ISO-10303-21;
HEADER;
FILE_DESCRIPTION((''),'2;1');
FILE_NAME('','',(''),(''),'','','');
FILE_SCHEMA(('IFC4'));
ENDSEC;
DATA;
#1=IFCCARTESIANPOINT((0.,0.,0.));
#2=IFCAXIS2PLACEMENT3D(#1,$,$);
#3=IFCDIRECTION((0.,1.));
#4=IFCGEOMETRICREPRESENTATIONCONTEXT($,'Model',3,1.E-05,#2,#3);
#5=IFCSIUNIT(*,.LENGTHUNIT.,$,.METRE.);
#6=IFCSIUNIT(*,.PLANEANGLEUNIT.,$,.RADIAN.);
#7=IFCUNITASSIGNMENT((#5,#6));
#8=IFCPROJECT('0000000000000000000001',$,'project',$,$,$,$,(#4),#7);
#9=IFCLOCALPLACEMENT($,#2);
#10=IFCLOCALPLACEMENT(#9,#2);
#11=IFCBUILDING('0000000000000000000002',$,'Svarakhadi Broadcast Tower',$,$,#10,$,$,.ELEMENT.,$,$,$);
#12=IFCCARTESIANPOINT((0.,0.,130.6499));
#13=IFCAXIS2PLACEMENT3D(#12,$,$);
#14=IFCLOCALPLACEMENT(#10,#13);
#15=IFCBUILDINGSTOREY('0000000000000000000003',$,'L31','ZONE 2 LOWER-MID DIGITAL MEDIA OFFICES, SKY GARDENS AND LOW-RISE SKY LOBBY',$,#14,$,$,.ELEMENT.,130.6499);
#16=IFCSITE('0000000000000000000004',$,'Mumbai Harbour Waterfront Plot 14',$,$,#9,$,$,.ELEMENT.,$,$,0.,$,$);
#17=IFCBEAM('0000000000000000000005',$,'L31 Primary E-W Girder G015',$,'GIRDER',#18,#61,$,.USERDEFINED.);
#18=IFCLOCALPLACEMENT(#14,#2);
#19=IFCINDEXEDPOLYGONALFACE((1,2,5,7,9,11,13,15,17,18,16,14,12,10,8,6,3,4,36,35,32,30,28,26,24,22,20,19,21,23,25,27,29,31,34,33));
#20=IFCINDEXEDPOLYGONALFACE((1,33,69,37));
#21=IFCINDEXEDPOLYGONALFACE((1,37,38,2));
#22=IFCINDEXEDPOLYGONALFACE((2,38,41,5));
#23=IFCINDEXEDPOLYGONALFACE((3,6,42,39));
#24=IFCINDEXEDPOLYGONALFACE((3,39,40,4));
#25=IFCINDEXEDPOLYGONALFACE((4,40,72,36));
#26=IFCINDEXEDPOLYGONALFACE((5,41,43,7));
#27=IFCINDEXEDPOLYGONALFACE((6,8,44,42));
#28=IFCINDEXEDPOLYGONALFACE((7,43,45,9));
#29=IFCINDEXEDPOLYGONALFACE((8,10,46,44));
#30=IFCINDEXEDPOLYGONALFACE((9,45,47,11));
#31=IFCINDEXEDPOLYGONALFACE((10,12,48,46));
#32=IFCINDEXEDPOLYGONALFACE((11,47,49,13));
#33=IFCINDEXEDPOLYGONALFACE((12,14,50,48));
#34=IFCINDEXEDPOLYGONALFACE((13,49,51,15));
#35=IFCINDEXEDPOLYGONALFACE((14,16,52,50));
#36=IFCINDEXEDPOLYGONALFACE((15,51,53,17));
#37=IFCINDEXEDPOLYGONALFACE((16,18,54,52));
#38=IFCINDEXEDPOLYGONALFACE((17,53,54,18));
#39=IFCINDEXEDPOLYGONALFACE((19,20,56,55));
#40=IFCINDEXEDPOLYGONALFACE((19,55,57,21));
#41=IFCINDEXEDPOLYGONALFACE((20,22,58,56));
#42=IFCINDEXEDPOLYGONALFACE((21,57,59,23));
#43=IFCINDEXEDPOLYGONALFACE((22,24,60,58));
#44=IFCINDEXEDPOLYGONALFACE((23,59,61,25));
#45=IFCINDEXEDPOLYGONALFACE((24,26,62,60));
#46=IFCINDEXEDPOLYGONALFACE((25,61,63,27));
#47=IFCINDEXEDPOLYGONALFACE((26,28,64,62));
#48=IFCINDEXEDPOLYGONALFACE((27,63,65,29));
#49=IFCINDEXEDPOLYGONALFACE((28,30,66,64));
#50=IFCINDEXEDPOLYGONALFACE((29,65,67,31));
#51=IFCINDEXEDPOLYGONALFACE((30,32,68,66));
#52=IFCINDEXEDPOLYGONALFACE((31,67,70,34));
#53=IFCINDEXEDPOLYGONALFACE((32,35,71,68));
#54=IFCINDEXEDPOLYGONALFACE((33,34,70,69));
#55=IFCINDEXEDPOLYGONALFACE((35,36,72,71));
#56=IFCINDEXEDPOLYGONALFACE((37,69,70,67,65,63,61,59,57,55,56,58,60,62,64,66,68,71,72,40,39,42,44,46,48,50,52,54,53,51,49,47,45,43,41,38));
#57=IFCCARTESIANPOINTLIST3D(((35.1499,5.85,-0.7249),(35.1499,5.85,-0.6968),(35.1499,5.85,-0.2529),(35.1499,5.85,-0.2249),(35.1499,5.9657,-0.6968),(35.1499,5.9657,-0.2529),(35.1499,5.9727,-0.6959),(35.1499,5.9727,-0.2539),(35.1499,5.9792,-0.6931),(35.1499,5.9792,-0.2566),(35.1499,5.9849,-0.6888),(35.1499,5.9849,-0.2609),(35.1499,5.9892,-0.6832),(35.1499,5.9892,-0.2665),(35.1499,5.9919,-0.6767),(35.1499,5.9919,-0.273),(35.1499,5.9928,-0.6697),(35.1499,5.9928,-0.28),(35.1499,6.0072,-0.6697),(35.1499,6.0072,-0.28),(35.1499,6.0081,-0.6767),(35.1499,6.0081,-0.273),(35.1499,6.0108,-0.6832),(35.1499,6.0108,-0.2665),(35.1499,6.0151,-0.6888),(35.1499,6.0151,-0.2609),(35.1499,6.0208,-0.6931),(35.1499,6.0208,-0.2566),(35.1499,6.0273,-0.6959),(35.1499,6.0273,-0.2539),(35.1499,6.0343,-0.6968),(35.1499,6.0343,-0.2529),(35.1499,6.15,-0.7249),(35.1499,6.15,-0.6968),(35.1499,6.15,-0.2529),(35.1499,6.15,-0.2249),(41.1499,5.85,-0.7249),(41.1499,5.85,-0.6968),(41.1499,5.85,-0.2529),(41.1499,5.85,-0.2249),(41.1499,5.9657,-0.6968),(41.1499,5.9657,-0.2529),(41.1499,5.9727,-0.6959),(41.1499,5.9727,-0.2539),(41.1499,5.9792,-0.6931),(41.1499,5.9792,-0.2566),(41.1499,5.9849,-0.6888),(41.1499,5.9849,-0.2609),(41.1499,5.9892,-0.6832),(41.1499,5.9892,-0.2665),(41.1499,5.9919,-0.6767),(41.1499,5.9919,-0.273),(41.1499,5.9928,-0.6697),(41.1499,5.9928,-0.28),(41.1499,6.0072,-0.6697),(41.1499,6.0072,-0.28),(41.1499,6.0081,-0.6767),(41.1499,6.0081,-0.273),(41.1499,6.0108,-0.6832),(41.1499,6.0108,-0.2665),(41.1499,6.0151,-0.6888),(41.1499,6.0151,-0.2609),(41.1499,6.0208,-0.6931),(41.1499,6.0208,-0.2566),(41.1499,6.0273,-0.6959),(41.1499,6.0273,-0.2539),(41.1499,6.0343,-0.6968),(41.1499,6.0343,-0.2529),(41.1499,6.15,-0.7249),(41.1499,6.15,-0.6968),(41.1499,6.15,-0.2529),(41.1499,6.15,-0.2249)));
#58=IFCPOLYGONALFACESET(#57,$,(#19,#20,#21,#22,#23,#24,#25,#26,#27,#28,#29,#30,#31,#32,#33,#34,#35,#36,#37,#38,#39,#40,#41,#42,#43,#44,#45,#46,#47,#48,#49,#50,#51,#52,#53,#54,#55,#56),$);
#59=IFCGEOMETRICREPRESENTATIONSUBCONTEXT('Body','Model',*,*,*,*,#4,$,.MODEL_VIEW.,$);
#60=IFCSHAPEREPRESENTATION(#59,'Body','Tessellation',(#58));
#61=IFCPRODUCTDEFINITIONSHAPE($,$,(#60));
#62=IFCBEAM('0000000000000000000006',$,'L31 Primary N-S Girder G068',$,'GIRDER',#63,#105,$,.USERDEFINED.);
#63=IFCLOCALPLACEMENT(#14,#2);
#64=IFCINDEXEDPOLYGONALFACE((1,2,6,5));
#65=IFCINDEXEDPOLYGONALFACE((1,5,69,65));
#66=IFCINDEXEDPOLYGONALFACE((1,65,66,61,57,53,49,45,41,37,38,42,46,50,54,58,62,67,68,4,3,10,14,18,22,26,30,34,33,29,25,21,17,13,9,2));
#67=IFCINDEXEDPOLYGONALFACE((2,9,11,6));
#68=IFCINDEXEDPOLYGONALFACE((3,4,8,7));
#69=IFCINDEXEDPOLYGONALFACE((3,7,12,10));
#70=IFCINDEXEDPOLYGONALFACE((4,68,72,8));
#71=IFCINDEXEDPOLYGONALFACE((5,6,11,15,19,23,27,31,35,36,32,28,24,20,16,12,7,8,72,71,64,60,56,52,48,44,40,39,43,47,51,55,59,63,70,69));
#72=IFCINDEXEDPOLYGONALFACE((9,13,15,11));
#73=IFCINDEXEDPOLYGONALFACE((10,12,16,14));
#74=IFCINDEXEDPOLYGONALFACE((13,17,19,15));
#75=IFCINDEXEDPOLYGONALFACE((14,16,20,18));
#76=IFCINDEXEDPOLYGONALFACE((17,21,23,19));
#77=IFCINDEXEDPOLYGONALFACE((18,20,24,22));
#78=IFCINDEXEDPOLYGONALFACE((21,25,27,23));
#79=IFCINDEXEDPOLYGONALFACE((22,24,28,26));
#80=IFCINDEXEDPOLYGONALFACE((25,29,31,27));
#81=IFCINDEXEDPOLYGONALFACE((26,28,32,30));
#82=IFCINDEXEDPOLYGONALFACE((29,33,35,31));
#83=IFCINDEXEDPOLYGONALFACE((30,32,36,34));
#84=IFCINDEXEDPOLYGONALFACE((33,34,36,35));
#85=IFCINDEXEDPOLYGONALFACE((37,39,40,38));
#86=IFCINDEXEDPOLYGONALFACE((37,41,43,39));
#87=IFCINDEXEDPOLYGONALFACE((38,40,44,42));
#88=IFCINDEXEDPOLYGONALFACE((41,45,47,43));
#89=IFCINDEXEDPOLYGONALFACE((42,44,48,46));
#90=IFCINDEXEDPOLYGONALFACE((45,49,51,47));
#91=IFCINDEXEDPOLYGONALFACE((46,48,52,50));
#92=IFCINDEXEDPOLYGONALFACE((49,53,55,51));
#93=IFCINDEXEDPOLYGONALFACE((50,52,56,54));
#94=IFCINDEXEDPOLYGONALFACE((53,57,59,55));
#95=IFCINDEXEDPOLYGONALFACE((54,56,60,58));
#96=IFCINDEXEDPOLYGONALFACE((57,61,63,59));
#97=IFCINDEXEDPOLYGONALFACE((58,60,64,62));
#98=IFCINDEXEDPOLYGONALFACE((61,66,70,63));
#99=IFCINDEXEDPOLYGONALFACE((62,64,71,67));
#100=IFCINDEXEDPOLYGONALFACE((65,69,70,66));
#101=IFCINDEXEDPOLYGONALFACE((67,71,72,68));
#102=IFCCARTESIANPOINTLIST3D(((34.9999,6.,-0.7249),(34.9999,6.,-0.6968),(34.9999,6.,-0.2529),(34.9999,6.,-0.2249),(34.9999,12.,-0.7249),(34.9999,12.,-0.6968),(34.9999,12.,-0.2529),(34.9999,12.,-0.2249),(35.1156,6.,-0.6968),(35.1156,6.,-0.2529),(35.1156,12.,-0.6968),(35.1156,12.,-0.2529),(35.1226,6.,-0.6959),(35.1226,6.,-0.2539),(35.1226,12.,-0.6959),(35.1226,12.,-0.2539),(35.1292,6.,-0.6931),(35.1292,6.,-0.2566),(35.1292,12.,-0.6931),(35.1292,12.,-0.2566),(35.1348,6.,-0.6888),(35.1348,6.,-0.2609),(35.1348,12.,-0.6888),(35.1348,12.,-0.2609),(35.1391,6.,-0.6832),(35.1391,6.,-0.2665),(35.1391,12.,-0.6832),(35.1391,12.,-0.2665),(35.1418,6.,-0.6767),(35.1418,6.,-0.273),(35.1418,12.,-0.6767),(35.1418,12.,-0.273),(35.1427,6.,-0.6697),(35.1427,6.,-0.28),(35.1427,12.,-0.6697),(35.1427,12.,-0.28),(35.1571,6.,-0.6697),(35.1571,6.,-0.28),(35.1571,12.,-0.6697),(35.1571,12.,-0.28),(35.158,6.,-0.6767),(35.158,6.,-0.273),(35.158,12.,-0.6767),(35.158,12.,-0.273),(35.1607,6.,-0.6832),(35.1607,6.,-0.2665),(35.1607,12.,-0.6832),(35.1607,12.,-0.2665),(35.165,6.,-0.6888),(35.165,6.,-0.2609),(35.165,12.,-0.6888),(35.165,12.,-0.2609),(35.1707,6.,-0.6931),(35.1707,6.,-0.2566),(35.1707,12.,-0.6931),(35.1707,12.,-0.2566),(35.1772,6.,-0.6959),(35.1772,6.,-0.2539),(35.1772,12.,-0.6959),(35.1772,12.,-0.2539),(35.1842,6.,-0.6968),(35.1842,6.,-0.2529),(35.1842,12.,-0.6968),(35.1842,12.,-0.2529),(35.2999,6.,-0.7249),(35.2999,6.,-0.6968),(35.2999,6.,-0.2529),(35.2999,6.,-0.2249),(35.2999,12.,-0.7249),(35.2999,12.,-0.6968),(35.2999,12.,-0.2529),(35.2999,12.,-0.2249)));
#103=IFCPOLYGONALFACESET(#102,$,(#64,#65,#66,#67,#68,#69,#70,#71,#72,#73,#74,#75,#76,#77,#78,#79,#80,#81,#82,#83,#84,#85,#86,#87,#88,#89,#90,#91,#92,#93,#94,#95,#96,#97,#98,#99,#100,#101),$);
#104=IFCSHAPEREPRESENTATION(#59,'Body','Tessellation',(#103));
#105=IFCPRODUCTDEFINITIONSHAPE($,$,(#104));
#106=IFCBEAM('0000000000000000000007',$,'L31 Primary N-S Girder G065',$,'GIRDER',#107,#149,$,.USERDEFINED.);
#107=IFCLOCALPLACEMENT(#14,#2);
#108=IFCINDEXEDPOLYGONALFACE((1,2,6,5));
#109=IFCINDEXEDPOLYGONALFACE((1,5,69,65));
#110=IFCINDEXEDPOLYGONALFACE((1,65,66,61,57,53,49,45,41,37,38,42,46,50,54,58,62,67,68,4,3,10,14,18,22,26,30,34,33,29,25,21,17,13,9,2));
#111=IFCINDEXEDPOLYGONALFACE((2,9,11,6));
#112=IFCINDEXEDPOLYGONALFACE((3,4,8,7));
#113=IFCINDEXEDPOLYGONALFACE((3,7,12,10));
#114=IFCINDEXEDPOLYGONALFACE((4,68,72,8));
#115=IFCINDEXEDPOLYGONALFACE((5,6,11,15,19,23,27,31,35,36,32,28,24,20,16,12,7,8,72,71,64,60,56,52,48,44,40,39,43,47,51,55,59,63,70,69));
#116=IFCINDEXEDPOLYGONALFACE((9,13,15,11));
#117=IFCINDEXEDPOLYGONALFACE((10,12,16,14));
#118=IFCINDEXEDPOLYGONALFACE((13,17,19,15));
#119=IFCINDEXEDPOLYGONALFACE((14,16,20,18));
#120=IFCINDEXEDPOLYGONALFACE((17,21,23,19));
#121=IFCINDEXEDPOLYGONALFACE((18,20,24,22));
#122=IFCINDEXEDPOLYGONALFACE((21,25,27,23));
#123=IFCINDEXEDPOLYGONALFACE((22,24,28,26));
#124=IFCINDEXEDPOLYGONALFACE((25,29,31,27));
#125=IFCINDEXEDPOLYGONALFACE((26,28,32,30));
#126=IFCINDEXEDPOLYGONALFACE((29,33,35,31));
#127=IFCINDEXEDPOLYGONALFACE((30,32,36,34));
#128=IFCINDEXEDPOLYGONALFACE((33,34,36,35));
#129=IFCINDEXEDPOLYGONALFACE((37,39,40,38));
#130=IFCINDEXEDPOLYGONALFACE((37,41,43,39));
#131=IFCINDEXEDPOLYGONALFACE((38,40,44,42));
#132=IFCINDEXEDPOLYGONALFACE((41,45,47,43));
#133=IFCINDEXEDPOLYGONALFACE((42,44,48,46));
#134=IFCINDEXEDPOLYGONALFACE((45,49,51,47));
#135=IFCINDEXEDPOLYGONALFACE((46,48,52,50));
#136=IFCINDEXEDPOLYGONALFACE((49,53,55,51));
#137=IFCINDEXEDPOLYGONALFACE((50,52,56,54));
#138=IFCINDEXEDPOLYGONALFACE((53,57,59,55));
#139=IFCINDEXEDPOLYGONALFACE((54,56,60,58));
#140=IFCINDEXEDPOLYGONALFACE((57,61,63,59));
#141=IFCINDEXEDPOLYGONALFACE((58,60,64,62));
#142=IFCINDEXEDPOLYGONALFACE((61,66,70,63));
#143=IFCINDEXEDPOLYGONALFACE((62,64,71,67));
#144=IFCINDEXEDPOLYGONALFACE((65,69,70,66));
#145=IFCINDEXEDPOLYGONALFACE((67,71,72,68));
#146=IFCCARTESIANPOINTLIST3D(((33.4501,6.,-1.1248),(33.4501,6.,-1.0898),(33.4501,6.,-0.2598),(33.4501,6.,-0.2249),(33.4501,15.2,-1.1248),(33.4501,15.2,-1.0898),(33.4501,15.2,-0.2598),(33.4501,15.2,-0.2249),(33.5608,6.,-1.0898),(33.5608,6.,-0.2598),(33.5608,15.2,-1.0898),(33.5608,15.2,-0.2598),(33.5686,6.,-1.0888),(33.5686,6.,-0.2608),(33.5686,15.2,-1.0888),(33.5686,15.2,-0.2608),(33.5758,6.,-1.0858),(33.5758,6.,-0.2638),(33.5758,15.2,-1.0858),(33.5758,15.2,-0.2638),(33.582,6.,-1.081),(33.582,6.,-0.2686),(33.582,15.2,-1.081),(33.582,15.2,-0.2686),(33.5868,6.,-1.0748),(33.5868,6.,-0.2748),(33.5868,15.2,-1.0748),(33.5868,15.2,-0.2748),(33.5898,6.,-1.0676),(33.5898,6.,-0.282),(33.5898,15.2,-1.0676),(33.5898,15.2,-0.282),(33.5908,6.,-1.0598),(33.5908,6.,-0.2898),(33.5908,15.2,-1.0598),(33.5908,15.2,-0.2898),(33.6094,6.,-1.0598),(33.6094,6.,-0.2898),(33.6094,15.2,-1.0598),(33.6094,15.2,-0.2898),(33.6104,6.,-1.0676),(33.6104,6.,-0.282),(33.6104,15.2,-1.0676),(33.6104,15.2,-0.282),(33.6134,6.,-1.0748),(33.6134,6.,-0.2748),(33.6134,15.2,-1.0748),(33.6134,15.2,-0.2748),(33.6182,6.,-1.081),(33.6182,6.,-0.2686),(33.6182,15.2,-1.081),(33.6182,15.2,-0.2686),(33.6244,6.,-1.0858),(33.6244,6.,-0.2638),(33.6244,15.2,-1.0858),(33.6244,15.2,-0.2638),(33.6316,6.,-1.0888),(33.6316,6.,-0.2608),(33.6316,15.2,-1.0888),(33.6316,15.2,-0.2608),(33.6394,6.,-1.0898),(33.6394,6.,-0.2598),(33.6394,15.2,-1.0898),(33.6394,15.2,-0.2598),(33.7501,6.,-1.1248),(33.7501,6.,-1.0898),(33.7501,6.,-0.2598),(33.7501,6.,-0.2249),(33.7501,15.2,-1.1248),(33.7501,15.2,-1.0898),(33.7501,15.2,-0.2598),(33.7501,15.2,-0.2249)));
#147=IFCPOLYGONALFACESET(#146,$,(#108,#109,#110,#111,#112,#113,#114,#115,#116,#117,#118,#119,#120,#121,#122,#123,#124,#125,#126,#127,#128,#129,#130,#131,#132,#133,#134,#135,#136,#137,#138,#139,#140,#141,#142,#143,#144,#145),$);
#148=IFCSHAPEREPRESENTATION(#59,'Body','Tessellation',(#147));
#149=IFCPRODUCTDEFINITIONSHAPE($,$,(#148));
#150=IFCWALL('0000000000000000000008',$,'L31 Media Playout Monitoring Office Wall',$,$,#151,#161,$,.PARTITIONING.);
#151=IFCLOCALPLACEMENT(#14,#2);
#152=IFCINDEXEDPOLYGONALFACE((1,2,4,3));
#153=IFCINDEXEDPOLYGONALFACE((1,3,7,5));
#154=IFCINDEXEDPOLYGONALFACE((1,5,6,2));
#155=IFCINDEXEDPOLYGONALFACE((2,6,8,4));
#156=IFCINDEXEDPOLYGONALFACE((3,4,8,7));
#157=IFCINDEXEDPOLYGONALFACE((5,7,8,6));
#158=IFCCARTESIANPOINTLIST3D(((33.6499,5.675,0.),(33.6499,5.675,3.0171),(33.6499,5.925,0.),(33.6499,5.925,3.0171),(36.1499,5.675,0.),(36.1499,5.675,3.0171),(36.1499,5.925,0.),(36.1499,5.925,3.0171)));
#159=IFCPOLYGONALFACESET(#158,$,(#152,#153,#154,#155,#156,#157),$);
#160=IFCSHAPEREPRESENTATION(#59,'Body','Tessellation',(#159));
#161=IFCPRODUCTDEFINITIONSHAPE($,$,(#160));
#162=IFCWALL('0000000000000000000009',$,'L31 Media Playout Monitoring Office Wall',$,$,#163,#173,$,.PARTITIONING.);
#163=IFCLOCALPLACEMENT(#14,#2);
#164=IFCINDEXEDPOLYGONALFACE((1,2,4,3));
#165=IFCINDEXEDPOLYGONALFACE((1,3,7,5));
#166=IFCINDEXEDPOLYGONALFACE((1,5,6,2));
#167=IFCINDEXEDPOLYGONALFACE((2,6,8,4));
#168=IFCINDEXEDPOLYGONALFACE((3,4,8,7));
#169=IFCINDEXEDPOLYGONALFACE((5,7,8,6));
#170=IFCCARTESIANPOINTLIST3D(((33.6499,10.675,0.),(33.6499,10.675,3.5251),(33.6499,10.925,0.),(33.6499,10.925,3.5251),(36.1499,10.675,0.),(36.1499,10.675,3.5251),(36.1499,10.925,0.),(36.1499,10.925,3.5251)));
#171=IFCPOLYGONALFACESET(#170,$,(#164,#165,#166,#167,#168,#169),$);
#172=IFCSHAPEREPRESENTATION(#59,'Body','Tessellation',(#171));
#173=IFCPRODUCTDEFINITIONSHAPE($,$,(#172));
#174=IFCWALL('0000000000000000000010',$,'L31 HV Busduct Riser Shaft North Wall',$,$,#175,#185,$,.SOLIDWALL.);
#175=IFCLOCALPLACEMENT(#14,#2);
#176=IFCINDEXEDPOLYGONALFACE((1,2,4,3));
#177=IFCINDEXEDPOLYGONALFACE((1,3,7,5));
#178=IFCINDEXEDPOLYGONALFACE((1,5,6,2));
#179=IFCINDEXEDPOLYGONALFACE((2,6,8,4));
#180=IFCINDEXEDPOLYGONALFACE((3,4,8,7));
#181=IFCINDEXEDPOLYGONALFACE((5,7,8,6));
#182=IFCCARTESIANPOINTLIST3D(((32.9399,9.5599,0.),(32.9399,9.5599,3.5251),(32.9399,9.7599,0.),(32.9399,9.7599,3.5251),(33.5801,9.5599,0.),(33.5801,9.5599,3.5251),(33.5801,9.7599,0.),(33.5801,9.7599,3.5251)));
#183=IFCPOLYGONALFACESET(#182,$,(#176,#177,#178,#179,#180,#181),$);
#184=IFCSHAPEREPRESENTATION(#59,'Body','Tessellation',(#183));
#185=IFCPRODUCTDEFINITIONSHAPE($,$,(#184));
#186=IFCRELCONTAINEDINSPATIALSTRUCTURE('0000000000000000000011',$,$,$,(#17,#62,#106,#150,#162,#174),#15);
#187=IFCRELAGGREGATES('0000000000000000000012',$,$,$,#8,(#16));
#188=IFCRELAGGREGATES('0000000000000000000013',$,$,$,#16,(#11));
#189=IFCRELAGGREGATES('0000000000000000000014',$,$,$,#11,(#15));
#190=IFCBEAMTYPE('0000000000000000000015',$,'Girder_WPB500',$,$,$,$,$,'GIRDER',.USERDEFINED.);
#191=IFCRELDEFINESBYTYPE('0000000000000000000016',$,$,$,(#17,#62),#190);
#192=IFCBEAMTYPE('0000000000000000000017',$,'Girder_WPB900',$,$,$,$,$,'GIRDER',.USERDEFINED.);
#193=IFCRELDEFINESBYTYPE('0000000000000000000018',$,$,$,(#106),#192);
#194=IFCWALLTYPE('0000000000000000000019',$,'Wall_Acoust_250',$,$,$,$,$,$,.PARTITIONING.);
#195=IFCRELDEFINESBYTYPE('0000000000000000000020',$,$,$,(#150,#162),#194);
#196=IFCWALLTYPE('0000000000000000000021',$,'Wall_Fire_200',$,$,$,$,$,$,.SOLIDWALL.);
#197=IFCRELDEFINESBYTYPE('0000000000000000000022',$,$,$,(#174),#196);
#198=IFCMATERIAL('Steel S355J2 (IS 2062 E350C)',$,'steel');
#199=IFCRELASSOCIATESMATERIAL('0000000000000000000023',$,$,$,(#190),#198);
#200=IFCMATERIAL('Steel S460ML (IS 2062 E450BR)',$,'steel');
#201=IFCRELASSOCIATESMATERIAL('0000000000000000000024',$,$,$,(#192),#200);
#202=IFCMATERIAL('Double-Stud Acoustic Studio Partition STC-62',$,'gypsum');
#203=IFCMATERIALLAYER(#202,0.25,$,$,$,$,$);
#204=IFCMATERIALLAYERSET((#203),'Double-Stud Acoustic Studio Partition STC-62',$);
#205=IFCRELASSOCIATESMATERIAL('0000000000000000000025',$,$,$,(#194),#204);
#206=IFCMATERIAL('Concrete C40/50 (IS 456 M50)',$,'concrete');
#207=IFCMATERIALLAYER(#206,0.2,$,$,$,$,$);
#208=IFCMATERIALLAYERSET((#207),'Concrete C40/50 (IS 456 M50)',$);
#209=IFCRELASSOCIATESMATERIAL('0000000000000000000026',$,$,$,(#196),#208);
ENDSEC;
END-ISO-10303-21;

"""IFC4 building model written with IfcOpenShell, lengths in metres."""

from ifc_helpers import new_model, si_unit, direction, frame, frame_2d, origin, origin_2d, place, context, subcontext, project, spatial, rectangle, i_section, extrude, material, layer, layer_set, material_profile, profile_set, type_object, element, save


model = new_model("IFC4")

# Units and contexts
model_context = context("Model", 3, precision=1e-05, world=origin(), true_north=direction((0.0, 1.0)))
body_context = subcontext(model_context, "Body", "Model", "MODEL_VIEW")
ifc_project = project(units=[si_unit("LENGTHUNIT", "METRE"), si_unit("PLANEANGLEUNIT", "RADIAN")], contexts=[model_context])

# Site, building, storey
site_placement = place(None, origin())
site = spatial("IfcSite", under=ifc_project, at=site_placement, Name="Mumbai Harbour Waterfront Plot 14", CompositionType="ELEMENT", RefElevation=0.0)
building_placement = place(site_placement, origin())
building = spatial("IfcBuilding", under=site, at=building_placement, Name="Svarakhadi Broadcast Tower", CompositionType="ELEMENT")
storey_placement = place(building_placement, frame((0.0, 0.0, 130.6499)))
storey = spatial("IfcBuildingStorey", under=building, at=storey_placement, Name="L31", Description="ZONE 2 LOWER-MID DIGITAL MEDIA OFFICES, SKY GARDENS AND LOW-RISE SKY LOBBY", CompositionType="ELEMENT", Elevation=130.6499)

# Shared definitions
ifc_material_1 = material(Name="Steel S460ML (IS 2062 E450BR)", Category="steel")

# Beams
ifc_material_2 = material(Name="Steel S355J2 (IS 2062 E350C)", Category="steel")
ifc_material_profile_1 = material_profile(ifc_material_2, i_section(OverallWidth=0.3, OverallDepth=0.5, WebThickness=0.0144, FlangeThickness=0.0281, FilletRadius=0.0271, at=origin_2d()), Name="WPB 500x300x187")
ifc_profile_set_1 = profile_set([ifc_material_profile_1], Name="Steel S355J2 (IS 2062 E350C)")
beam_type_1 = type_object("IfcBeamType", Name="Girder_WPB500", ElementType="GIRDER", PredefinedType="USERDEFINED", material=ifc_profile_set_1)
for number, where, z_axis, x_axis, name in (
    (1, (35.1499, 6.0, -0.4749), (1.0, 0.0, 0.0), (0.0, 1.0, 0.0), "L31 Primary E-W Girder G015"),
    (2, (35.1499, 6.0, -0.4749), (0.0, 1.0, 0.0), (-1.0, 0.0, 0.0), "L31 Primary N-S Girder G068"),
):
    element("IfcBeam", number, at=place(storey_placement, frame(where, z_axis=z_axis, x_axis=x_axis)), inside=storey, type_object=beam_type_1, Name=name, ObjectType="GIRDER", PredefinedType="USERDEFINED", context=body_context, shape_type="SweptSolid", body=[
        extrude(i_section(OverallWidth=0.3, OverallDepth=0.5, WebThickness=0.0144, FlangeThickness=0.0281, FilletRadius=0.0271, at=origin_2d()), origin(), (0.0, 0.0, 1.0), 6.0),
    ])
ifc_material_profile_2 = material_profile(ifc_material_1, i_section(OverallWidth=0.3, OverallDepth=0.8999, WebThickness=0.0186, FlangeThickness=0.0349, FilletRadius=0.03, at=origin_2d()), Name="WPB 900x300x291")
ifc_profile_set_2 = profile_set([ifc_material_profile_2], Name="Steel S460ML (IS 2062 E450BR)")
beam_type_2 = type_object("IfcBeamType", Name="Girder_WPB900", ElementType="GIRDER", PredefinedType="USERDEFINED", material=ifc_profile_set_2)
beam_placement = place(storey_placement, frame((33.6001, 6.0, -0.6748), z_axis=(0.0, 1.0, 0.0), x_axis=(-1.0, 0.0, 0.0)))
element("IfcBeam", 3, at=beam_placement, inside=storey, type_object=beam_type_2, Name="L31 Primary N-S Girder G065", ObjectType="GIRDER", PredefinedType="USERDEFINED", context=body_context, shape_type="SweptSolid", body=[
    extrude(i_section(OverallWidth=0.3, OverallDepth=0.8999, WebThickness=0.0186, FlangeThickness=0.0349, FilletRadius=0.03, at=origin_2d()), origin(), (0.0, 0.0, 1.0), 9.2),
])

# Walls
ifc_material_3 = material(Name="Double-Stud Acoustic Studio Partition STC-62", Category="gypsum")
ifc_layer_1 = layer(ifc_material_3, 0.25)
ifc_layer_set_1 = layer_set([ifc_layer_1], Name="Double-Stud Acoustic Studio Partition STC-62")
wall_type_1 = type_object("IfcWallType", Name="Wall_Acoust_250", PredefinedType="PARTITIONING", material=ifc_layer_set_1)
wall_1_placement = place(storey_placement, frame((33.6499, 5.8, 0.0), z_axis=(0.0, 0.0, 1.0), x_axis=(1.0, 0.0, 0.0)))
element("IfcWall", 4, at=wall_1_placement, inside=storey, type_object=wall_type_1, Name="L31 Media Playout Monitoring Office Wall", PredefinedType="PARTITIONING", context=body_context, shape_type="SweptSolid", body=[
    extrude(rectangle(XDim=2.5, YDim=0.25, at=frame_2d((1.25, 0.0))), origin(), (0.0, 0.0, 1.0), 3.0171),
])
wall_2_placement = place(storey_placement, frame((33.6499, 10.8, 0.0), z_axis=(0.0, 0.0, 1.0), x_axis=(1.0, 0.0, 0.0)))
element("IfcWall", 5, at=wall_2_placement, inside=storey, type_object=wall_type_1, Name="L31 Media Playout Monitoring Office Wall", PredefinedType="PARTITIONING", context=body_context, shape_type="SweptSolid", body=[
    extrude(rectangle(XDim=2.5, YDim=0.25, at=frame_2d((1.25, 0.0))), origin(), (0.0, 0.0, 1.0), 3.5251),
])
ifc_material_4 = material(Name="Concrete C40/50 (IS 456 M50)", Category="concrete")
ifc_layer_2 = layer(ifc_material_4, 0.2)
ifc_layer_set_2 = layer_set([ifc_layer_2], Name="Concrete C40/50 (IS 456 M50)")
wall_type_2 = type_object("IfcWallType", Name="Wall_Fire_200", PredefinedType="SOLIDWALL", material=ifc_layer_set_2)
wall_3_placement = place(storey_placement, frame((32.9399, 9.6599, 0.0), z_axis=(0.0, 0.0, 1.0), x_axis=(1.0, 0.0, 0.0)))
element("IfcWall", 6, at=wall_3_placement, inside=storey, type_object=wall_type_2, Name="L31 HV Busduct Riser Shaft North Wall", PredefinedType="SOLIDWALL", context=body_context, shape_type="SweptSolid", body=[
    extrude(rectangle(XDim=0.6401, YDim=0.2, at=frame_2d((0.3201, 0.0))), origin(), (0.0, 0.0, 1.0), 3.5251),
])

save(model, "model.ifc")
